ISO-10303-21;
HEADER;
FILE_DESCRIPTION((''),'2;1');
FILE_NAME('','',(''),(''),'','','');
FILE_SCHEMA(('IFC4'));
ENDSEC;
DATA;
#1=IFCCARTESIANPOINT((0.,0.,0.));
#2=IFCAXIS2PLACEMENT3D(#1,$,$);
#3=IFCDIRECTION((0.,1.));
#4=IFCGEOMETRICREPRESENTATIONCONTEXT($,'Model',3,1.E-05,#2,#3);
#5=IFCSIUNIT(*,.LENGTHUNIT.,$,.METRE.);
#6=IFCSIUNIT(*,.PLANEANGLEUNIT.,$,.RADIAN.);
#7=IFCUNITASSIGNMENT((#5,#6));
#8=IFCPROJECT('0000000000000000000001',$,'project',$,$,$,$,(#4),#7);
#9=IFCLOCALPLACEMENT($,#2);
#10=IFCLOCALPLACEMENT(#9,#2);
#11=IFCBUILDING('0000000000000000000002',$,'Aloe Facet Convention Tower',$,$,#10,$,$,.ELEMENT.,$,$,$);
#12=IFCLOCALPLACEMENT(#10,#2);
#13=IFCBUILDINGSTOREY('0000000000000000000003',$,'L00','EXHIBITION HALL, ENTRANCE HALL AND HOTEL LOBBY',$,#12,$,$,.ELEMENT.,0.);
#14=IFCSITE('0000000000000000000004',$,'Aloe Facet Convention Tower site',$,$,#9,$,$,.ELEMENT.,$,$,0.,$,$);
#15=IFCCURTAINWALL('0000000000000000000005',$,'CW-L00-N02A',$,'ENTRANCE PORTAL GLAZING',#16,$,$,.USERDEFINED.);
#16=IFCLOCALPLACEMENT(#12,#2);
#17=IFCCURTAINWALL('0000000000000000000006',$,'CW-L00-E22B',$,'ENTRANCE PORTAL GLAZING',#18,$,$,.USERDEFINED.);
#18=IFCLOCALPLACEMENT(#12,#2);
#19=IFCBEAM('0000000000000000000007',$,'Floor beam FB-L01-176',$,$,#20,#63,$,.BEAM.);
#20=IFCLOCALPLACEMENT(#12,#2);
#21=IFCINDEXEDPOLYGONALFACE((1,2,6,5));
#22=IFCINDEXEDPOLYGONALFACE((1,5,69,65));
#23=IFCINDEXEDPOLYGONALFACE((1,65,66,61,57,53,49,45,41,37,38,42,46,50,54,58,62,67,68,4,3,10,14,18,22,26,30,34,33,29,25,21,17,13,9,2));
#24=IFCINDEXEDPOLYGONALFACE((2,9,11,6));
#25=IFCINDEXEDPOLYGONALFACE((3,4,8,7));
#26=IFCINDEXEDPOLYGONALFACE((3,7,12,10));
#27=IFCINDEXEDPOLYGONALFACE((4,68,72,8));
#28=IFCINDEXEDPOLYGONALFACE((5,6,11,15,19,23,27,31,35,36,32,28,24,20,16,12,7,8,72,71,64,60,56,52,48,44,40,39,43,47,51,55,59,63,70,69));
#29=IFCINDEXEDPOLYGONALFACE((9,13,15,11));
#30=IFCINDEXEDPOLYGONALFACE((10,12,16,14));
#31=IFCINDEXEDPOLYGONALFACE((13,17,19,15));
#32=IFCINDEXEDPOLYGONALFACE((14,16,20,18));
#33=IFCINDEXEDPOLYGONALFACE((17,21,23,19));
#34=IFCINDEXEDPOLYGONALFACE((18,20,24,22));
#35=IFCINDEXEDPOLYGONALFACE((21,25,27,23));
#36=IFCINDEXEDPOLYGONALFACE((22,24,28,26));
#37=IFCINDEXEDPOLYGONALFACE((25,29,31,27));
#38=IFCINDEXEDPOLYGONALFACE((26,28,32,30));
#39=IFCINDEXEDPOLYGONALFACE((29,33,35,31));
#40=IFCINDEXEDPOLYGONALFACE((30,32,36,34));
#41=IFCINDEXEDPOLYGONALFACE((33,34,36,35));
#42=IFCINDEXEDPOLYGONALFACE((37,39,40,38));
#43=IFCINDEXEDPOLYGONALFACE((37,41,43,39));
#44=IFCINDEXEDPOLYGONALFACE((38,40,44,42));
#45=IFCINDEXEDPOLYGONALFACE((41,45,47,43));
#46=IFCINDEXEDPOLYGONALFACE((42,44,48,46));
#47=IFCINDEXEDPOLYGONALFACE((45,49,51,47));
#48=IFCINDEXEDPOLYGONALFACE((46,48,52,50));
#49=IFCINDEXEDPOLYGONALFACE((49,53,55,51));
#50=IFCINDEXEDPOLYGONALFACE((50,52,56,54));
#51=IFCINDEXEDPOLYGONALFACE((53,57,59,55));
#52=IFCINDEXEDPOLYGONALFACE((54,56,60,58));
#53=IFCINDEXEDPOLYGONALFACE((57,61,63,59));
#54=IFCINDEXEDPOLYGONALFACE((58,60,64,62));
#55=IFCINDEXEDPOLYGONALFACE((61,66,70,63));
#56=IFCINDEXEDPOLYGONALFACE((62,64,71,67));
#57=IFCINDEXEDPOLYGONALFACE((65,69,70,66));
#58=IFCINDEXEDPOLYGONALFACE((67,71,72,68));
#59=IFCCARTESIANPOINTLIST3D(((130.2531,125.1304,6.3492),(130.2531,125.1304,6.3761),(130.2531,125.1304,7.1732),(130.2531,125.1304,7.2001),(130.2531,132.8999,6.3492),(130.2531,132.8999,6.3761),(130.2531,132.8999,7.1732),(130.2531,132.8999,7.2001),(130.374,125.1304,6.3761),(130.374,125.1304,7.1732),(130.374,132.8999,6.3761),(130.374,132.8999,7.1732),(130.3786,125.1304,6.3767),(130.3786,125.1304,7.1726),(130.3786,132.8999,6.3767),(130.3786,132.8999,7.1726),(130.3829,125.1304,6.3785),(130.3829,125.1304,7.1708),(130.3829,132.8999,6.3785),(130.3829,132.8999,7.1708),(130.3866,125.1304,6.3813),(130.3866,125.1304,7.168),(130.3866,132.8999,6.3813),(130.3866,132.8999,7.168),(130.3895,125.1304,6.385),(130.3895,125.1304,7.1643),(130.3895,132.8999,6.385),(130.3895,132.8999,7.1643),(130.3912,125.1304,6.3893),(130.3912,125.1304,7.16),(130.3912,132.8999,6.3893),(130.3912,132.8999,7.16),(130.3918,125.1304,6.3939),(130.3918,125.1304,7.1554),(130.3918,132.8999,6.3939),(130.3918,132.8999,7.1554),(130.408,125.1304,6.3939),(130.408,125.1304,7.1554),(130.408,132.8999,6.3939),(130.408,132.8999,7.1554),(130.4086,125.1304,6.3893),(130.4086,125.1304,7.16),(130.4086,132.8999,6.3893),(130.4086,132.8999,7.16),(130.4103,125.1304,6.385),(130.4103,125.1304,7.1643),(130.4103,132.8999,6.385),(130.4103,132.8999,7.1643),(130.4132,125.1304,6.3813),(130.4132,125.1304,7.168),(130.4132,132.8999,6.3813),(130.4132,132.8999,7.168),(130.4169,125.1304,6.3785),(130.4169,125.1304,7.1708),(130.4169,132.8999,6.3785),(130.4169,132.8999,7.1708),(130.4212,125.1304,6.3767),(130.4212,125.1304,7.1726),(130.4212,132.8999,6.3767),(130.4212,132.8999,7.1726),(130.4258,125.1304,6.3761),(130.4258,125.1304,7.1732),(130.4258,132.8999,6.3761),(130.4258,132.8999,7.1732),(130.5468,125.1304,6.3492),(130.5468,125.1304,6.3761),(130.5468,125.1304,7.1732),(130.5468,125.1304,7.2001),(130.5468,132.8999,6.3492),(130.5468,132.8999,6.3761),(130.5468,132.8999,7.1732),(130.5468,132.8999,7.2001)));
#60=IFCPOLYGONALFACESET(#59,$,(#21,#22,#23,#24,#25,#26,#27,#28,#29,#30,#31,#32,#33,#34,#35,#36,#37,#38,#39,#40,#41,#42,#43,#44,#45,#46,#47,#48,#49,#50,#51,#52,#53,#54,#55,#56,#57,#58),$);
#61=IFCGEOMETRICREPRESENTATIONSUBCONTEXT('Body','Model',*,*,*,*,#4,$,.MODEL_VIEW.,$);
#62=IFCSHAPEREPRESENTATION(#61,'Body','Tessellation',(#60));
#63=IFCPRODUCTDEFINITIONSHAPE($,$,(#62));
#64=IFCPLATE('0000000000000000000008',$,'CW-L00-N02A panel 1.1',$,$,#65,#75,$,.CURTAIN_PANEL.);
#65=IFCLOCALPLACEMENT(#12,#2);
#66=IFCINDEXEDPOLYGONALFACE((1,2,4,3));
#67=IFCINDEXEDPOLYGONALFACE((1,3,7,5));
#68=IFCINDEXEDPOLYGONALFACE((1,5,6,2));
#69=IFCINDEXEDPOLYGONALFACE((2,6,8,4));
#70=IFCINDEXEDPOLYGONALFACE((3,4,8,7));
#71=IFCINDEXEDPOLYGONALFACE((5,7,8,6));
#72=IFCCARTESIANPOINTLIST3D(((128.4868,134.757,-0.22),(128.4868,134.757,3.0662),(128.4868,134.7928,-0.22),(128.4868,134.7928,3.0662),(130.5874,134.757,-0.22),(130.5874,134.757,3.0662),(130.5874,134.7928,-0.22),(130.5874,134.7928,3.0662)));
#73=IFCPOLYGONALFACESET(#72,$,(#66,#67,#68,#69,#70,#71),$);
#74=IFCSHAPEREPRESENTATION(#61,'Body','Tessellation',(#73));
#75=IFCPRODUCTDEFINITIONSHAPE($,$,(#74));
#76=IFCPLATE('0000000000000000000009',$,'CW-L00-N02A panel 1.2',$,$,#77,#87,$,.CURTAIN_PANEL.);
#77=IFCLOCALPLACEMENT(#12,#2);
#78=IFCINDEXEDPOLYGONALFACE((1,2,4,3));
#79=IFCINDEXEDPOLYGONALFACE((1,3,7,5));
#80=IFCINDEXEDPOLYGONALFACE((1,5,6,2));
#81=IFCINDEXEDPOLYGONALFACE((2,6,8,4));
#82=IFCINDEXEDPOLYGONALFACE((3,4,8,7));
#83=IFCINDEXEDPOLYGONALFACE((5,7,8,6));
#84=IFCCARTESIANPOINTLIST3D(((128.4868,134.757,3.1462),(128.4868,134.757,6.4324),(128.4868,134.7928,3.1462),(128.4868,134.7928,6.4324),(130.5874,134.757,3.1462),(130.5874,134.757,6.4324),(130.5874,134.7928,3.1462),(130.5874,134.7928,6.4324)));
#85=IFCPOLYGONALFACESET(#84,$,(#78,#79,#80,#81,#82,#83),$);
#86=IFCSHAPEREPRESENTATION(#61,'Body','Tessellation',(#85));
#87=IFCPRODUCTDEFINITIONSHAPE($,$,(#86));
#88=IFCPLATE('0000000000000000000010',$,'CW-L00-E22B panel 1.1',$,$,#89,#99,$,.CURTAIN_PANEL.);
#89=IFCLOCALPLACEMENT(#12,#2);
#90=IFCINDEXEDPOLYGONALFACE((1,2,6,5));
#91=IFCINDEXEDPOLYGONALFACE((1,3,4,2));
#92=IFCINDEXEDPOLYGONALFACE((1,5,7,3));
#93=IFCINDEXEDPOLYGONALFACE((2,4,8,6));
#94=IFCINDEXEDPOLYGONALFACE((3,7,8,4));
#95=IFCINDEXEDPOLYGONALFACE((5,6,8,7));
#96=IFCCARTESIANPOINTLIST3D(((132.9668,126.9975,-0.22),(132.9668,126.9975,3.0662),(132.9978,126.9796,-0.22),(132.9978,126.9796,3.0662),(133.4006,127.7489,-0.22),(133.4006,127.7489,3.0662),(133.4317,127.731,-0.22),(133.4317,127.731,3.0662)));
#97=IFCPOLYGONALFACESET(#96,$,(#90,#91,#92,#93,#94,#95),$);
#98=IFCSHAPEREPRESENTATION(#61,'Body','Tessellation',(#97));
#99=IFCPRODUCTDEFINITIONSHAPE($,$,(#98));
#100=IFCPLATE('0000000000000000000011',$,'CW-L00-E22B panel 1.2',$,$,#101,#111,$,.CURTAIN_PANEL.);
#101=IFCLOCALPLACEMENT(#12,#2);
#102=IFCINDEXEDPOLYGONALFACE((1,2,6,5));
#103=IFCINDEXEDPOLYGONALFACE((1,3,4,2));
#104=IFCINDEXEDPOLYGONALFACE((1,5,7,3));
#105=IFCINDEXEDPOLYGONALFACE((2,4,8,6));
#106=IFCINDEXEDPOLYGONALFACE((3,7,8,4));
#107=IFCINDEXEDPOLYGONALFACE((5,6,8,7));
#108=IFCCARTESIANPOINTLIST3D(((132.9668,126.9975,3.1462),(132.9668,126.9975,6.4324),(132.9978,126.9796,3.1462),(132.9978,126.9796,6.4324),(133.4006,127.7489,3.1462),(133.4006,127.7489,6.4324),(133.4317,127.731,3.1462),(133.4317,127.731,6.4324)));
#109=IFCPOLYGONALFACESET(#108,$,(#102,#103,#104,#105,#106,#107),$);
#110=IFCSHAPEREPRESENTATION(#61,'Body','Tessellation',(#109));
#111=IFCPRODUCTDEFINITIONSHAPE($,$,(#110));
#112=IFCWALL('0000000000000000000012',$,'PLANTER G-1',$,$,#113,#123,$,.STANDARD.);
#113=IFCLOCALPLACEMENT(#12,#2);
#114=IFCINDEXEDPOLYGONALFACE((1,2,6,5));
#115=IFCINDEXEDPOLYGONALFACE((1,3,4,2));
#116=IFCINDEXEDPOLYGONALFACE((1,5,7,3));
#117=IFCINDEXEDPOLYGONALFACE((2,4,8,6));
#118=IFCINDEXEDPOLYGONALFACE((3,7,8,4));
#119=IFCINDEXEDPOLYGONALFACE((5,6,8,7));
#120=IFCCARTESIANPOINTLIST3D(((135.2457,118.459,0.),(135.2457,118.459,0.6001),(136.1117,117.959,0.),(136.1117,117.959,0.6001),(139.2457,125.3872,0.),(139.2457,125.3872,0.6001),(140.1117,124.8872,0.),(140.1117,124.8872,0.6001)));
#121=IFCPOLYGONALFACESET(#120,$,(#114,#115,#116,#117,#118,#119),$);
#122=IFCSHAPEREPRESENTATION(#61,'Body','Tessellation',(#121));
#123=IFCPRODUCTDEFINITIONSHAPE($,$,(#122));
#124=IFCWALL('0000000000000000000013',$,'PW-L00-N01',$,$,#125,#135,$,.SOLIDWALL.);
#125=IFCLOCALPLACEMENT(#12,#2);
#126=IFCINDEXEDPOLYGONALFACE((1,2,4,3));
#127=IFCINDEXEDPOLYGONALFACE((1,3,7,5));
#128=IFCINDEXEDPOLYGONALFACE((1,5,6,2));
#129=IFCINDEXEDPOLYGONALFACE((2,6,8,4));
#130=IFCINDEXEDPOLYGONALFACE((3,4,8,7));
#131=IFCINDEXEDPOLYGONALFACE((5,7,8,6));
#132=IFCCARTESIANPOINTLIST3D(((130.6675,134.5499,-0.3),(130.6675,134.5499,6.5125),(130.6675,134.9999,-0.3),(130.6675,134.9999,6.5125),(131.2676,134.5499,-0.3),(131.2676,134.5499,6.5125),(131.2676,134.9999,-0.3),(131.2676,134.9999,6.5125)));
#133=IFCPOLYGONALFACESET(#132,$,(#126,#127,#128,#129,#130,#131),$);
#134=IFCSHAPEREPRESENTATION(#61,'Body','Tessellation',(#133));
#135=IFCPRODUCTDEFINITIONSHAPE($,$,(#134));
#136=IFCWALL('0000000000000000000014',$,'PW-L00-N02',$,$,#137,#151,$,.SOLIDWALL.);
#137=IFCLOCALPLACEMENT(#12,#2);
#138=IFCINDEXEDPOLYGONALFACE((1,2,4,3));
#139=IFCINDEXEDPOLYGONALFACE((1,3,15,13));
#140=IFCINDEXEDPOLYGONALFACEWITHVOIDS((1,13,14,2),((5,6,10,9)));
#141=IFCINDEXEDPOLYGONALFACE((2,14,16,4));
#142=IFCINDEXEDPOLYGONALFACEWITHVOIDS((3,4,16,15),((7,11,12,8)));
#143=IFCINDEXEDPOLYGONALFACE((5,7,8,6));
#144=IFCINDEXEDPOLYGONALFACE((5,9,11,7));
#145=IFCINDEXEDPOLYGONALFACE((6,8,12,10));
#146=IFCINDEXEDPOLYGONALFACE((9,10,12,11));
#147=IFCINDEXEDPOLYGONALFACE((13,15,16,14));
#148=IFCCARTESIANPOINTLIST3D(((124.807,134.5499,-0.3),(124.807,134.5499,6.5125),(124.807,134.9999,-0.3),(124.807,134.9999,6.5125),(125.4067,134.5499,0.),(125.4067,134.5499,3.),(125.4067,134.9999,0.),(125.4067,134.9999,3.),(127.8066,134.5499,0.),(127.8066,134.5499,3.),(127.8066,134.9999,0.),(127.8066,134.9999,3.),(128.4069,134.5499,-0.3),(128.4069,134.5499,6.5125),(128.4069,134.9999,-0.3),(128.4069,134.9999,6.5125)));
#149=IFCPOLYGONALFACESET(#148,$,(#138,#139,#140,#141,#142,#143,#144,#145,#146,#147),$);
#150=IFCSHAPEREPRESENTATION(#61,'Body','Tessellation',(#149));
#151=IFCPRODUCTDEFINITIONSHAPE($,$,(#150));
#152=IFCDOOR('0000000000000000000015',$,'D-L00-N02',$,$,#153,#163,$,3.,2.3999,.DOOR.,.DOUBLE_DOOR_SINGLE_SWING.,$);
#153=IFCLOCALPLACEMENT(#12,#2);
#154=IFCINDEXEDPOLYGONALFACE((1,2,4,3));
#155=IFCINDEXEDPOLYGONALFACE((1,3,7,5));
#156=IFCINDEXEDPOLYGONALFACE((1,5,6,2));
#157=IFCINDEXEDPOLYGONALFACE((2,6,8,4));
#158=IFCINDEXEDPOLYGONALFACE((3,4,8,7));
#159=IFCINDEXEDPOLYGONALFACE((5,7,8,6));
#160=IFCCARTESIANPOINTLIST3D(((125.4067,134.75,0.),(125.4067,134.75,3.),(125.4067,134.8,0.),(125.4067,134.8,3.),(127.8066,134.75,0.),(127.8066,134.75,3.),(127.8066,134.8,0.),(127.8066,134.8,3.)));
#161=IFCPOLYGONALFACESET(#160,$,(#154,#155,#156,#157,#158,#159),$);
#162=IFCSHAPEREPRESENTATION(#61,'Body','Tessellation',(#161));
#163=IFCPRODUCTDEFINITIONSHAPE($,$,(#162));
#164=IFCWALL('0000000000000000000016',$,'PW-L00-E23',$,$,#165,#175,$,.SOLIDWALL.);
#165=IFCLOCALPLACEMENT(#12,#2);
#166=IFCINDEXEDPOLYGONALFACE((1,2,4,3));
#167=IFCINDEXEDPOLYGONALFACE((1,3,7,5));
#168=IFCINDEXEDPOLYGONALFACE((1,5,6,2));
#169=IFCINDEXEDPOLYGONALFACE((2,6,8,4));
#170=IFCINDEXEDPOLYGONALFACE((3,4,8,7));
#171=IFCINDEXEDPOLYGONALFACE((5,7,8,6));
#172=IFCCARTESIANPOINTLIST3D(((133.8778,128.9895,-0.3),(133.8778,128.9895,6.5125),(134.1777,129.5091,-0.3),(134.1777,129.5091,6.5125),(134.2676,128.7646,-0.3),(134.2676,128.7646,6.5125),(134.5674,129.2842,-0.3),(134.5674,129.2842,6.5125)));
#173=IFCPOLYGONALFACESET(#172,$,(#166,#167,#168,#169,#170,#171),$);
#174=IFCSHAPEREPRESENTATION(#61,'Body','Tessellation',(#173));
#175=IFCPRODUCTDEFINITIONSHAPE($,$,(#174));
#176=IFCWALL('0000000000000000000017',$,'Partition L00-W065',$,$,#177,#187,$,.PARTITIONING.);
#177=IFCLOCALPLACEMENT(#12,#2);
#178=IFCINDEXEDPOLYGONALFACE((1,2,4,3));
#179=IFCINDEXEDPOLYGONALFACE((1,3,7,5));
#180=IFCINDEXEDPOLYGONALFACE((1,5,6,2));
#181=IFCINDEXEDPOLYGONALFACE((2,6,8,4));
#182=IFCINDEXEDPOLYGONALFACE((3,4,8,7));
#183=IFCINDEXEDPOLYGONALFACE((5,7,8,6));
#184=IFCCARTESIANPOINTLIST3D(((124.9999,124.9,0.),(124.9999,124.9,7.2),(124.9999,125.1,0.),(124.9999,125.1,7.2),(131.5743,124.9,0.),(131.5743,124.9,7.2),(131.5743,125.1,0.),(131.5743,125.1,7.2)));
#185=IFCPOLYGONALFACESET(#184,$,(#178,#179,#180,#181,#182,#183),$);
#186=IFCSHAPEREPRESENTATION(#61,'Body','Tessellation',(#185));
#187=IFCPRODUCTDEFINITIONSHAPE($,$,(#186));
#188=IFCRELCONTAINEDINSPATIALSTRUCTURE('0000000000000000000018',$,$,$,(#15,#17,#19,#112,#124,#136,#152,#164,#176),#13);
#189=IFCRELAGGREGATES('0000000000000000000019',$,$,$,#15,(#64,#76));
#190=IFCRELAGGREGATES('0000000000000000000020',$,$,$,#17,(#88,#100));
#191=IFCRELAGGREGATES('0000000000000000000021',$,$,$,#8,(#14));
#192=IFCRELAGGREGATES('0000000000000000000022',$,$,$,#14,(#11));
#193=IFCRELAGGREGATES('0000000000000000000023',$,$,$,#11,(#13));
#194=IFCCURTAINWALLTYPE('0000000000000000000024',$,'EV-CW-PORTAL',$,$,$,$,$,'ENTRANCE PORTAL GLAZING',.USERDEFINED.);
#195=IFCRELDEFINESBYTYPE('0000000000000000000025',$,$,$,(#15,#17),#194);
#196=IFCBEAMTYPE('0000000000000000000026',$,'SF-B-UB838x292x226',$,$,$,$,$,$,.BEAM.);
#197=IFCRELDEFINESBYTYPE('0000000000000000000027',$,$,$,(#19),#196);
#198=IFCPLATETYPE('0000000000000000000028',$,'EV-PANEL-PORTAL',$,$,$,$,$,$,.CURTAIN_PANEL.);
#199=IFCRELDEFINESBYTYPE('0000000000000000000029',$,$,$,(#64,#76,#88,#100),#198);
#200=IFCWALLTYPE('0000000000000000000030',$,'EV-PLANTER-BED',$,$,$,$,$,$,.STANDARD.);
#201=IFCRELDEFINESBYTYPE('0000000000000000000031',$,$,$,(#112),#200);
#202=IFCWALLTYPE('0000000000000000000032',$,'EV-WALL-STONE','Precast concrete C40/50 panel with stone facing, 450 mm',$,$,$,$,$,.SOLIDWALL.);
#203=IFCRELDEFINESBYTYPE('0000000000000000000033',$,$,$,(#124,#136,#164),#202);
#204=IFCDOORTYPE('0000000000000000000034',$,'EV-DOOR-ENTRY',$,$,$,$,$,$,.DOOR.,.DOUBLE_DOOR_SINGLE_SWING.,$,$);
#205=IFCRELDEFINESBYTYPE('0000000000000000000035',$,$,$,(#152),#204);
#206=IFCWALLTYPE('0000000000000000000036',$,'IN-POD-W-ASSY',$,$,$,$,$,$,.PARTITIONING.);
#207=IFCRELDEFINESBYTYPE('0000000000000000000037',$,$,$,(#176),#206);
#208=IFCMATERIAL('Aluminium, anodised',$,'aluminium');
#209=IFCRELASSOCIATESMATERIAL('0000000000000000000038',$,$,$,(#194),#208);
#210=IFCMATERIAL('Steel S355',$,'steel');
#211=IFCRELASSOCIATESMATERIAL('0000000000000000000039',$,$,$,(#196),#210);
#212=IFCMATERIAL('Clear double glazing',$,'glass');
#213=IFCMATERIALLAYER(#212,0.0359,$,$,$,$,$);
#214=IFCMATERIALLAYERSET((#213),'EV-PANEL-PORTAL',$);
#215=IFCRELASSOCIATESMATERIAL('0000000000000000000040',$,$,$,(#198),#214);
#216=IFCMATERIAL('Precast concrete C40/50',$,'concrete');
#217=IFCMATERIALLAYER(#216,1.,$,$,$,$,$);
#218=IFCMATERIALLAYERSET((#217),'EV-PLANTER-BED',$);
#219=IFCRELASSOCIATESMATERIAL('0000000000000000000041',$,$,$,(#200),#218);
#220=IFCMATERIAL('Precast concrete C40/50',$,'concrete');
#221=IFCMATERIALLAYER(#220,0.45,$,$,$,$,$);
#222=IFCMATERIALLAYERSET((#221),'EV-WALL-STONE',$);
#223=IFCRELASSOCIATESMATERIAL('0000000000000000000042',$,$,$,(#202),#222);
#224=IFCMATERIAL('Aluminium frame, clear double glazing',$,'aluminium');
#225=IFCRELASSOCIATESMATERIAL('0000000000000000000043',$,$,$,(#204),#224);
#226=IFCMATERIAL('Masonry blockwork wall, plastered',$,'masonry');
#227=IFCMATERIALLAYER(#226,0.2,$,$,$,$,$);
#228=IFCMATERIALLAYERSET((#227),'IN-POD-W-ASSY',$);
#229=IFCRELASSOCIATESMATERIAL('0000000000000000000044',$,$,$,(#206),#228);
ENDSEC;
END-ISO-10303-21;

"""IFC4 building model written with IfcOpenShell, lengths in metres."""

from ifc_helpers import new_model, si_unit, direction, frame, frame_2d, origin, origin_2d, place, context, subcontext, project, spatial, rectangle, i_section, extrude, material, layer, layer_set, material_profile, profile_set, type_object, element, fill, aggregate, save


model = new_model("IFC4")

# Units and contexts
model_context = context("Model", 3, precision=1e-05, world=origin(), true_north=direction((0.0, 1.0)))
body_context = subcontext(model_context, "Body", "Model", "MODEL_VIEW")
ifc_project = project(units=[si_unit("LENGTHUNIT", "METRE"), si_unit("PLANEANGLEUNIT", "RADIAN")], contexts=[model_context])

# Site, building, storey
site_placement = place(None, origin())
site = spatial("IfcSite", under=ifc_project, at=site_placement, Name="Aloe Facet Convention Tower site", CompositionType="ELEMENT", RefElevation=0.0)
building_placement = place(site_placement, origin())
building = spatial("IfcBuilding", under=site, at=building_placement, Name="Aloe Facet Convention Tower", CompositionType="ELEMENT")
storey_placement = place(building_placement, origin())
storey = spatial("IfcBuildingStorey", under=building, at=storey_placement, Name="L00", Description="EXHIBITION HALL, ENTRANCE HALL AND HOTEL LOBBY", CompositionType="ELEMENT", Elevation=0.0)

# Curtain wall
ifc_material_1 = material(Name="Aluminium, anodised", Category="aluminium")
curtain_wall_type = type_object("IfcCurtainWallType", Name="EV-CW-PORTAL", ElementType="ENTRANCE PORTAL GLAZING", PredefinedType="USERDEFINED", material=ifc_material_1)
curtain_wall_1_placement = place(storey_placement, origin())
curtain_wall_1 = element("IfcCurtainWall", 1, at=curtain_wall_1_placement, inside=storey, type_object=curtain_wall_type, Name="CW-L00-N02A", ObjectType="ENTRANCE PORTAL GLAZING", PredefinedType="USERDEFINED")

# Curtain wall
curtain_wall_2_placement = place(storey_placement, origin())
curtain_wall_2 = element("IfcCurtainWall", 2, at=curtain_wall_2_placement, inside=storey, type_object=curtain_wall_type, Name="CW-L00-E22B", ObjectType="ENTRANCE PORTAL GLAZING", PredefinedType="USERDEFINED")

# Beam
ifc_material_2 = material(Name="Steel S355", Category="steel")
ifc_material_profile_1 = material_profile(ifc_material_2, i_section(OverallWidth=0.2937, OverallDepth=0.8508, WebThickness=0.0161, FlangeThickness=0.0269, FilletRadius=0.0178, at=origin_2d()), Name="UB 838x292x226")
ifc_profile_set_1 = profile_set([ifc_material_profile_1], Name="Steel S355")
beam_type_1 = type_object("IfcBeamType", Name="SF-B-UB838x292x226", PredefinedType="BEAM", material=ifc_profile_set_1)
beam_1_placement = place(storey_placement, frame((130.3999, 125.1304, 6.7747), z_axis=(0.0, 1.0, 0.0), x_axis=(-1.0, 0.0, 0.0)))
element("IfcBeam", 3, at=beam_1_placement, inside=storey, type_object=beam_type_1, Name="Floor beam FB-L01-176", PredefinedType="BEAM", context=body_context, shape_type="SweptSolid", body=[
    extrude(i_section(OverallWidth=0.2937, OverallDepth=0.8508, WebThickness=0.0161, FlangeThickness=0.0269, FilletRadius=0.0178, at=origin_2d()), origin(), (0.0, 0.0, 1.0), 7.7695),
])

# Plates
ifc_material_3 = material(Name="Clear double glazing", Category="glass")
ifc_layer_1 = layer(ifc_material_3, 0.0359)
ifc_layer_set_1 = layer_set([ifc_layer_1], Name="EV-PANEL-PORTAL")
plate_type = type_object("IfcPlateType", Name="EV-PANEL-PORTAL", PredefinedType="CURTAIN_PANEL", material=ifc_layer_set_1)
plate_1_placement = place(storey_placement, frame((129.5371, 134.7749, -0.22), z_axis=(0.0, 0.0, 1.0), x_axis=(-1.0, 0.0, 0.0)))
plate_1 = element("IfcPlate", 4, at=plate_1_placement, type_object=plate_type, Name="CW-L00-N02A panel 1.1", PredefinedType="CURTAIN_PANEL", context=body_context, shape_type="SweptSolid", body=[
    extrude(rectangle(XDim=2.1006, YDim=0.0359, at=origin_2d()), origin(), (0.0, 0.0, 1.0), 3.2861),
])
plate_2_placement = place(storey_placement, frame((129.5371, 134.7749, 3.1462), z_axis=(0.0, 0.0, 1.0), x_axis=(-1.0, 0.0, 0.0)))
plate_2 = element("IfcPlate", 5, at=plate_2_placement, type_object=plate_type, Name="CW-L00-N02A panel 1.2", PredefinedType="CURTAIN_PANEL", context=body_context, shape_type="SweptSolid", body=[
    extrude(rectangle(XDim=2.1006, YDim=0.0359, at=origin_2d()), origin(), (0.0, 0.0, 1.0), 3.2861),
])
aggregate(curtain_wall_1, [plate_1, plate_2])
plate_3_placement = place(storey_placement, frame((133.1992, 127.3643, -0.22), z_axis=(0.0, 0.0, 1.0), x_axis=(0.5, 0.866025, 0.0)))
plate_3 = element("IfcPlate", 6, at=plate_3_placement, type_object=plate_type, Name="CW-L00-E22B panel 1.1", PredefinedType="CURTAIN_PANEL", context=body_context, shape_type="SweptSolid", body=[
    extrude(rectangle(XDim=0.8677, YDim=0.0359, at=origin_2d()), origin(), (0.0, 0.0, 1.0), 3.2861),
])
plate_4_placement = place(storey_placement, frame((133.1992, 127.3643, 3.1462), z_axis=(0.0, 0.0, 1.0), x_axis=(0.5, 0.866025, 0.0)))
plate_4 = element("IfcPlate", 7, at=plate_4_placement, type_object=plate_type, Name="CW-L00-E22B panel 1.2", PredefinedType="CURTAIN_PANEL", context=body_context, shape_type="SweptSolid", body=[
    extrude(rectangle(XDim=0.8677, YDim=0.0359, at=origin_2d()), origin(), (0.0, 0.0, 1.0), 3.2861),
])
aggregate(curtain_wall_2, [plate_3, plate_4])

# Walls
ifc_material_4 = material(Name="Precast concrete C40/50", Category="concrete")
ifc_layer_2 = layer(ifc_material_4, 1.0)
ifc_layer_set_2 = layer_set([ifc_layer_2], Name="EV-PLANTER-BED")
wall_type_1 = type_object("IfcWallType", Name="EV-PLANTER-BED", PredefinedType="STANDARD", material=ifc_layer_set_2)
wall_1_placement = place(storey_placement, frame((139.6787, 125.1372, 0.0), z_axis=(0.0, 0.0, 1.0), x_axis=(-0.499999, -0.866026, 0.0)))
element("IfcWall", 8, at=wall_1_placement, inside=storey, type_object=wall_type_1, Name="PLANTER G-1", PredefinedType="STANDARD", context=body_context, shape_type="SweptSolid", body=[
    extrude(rectangle(XDim=8.0, YDim=1.0, at=frame_2d((4.0, 0.0))), origin(), (0.0, 0.0, 1.0), 0.6001),
])
ifc_material_5 = material(Name="Precast concrete C40/50", Category="concrete")
ifc_layer_3 = layer(ifc_material_5, 0.45)
ifc_layer_set_3 = layer_set([ifc_layer_3], Name="EV-WALL-STONE")
wall_type_2 = type_object("IfcWallType", Name="EV-WALL-STONE", Description="Precast concrete C40/50 panel with stone facing, 450 mm", PredefinedType="SOLIDWALL", material=ifc_layer_set_3)
wall_2_placement = place(storey_placement, frame((131.2676, 134.7749, -0.3), z_axis=(0.0, 0.0, 1.0), x_axis=(-1.0, 0.0, 0.0)))
element("IfcWall", 9, at=wall_2_placement, inside=storey, type_object=wall_type_2, Name="PW-L00-N01", PredefinedType="SOLIDWALL", context=body_context, shape_type="SweptSolid", body=[
    extrude(rectangle(XDim=0.6001, YDim=0.45, at=frame_2d((0.3, 0.0))), origin(), (0.0, 0.0, 1.0), 6.8125),
])

# Wall, opening, door
wall_3_placement = place(storey_placement, frame((128.4067, 134.7749, -0.3), z_axis=(0.0, 0.0, 1.0), x_axis=(-1.0, 0.0, 0.0)))
wall_3 = element("IfcWall", 10, at=wall_3_placement, inside=storey, type_object=wall_type_2, Name="PW-L00-N02", PredefinedType="SOLIDWALL", context=body_context, shape_type="SweptSolid", body=[
    extrude(rectangle(XDim=3.5999, YDim=0.45, at=frame_2d((1.7998, 0.0))), origin(), (0.0, 0.0, 1.0), 6.8125),
])
opening_placement = place(wall_3_placement, frame((0.6001, 0.0, 0.3)))
opening = element("IfcOpeningElement", 11, at=opening_placement, cuts=wall_3, PredefinedType="OPENING", context=body_context, shape_type="SweptSolid", body=[
    extrude(rectangle(XDim=2.3999, YDim=3.0, at=frame_2d((1.2, 1.5))), frame((0.0, 0.2349, 0.0), z_axis=(0.0, -1.0, 0.0), x_axis=(1.0, 0.0, 0.0)), (0.0, 0.0, 1.0), 0.47),
])
ifc_material_6 = material(Name="Aluminium frame, clear double glazing", Category="aluminium")
door_type = type_object("IfcDoorType", Name="EV-DOOR-ENTRY", OperationType="DOUBLE_DOOR_SINGLE_SWING", PredefinedType="DOOR", material=ifc_material_6)
door_placement = place(opening_placement, origin())
door = element("IfcDoor", 12, at=door_placement, inside=storey, type_object=door_type, Name="D-L00-N02", OperationType="DOUBLE_DOOR_SINGLE_SWING", OverallHeight=3.0, OverallWidth=2.3999, PredefinedType="DOOR", context=body_context, shape_type="SweptSolid", body=[
    extrude(rectangle(XDim=2.3999, YDim=3.0, at=frame_2d((1.2, 1.5))), frame((0.0, 0.0249, 0.0), z_axis=(0.0, -1.0, 0.0), x_axis=(1.0, 0.0, 0.0)), (0.0, 0.0, 1.0), 0.05),
])
fill(opening, door)

# Walls
wall_4_placement = place(storey_placement, frame((134.0728, 128.8772, -0.3), z_axis=(0.0, 0.0, 1.0), x_axis=(0.499816, 0.866131, 0.0)))
element("IfcWall", 13, at=wall_4_placement, inside=storey, type_object=wall_type_2, Name="PW-L00-E23", PredefinedType="SOLIDWALL", context=body_context, shape_type="SweptSolid", body=[
    extrude(rectangle(XDim=0.5999, YDim=0.45, at=frame_2d((0.2998, 0.0))), origin(), (0.0, 0.0, 1.0), 6.8125),
])
ifc_material_7 = material(Name="Masonry blockwork wall, plastered", Category="masonry")
ifc_layer_4 = layer(ifc_material_7, 0.2)
ifc_layer_set_4 = layer_set([ifc_layer_4], Name="IN-POD-W-ASSY")
wall_type_3 = type_object("IfcWallType", Name="IN-POD-W-ASSY", PredefinedType="PARTITIONING", material=ifc_layer_set_4)
wall_5_placement = place(storey_placement, frame((125.0, 125.0, 0.0), z_axis=(0.0, 0.0, 1.0), x_axis=(1.0, 0.0, 0.0)))
element("IfcWall", 14, at=wall_5_placement, inside=storey, type_object=wall_type_3, Name="Partition L00-W065", PredefinedType="PARTITIONING", context=body_context, shape_type="SweptSolid", body=[
    extrude(rectangle(XDim=6.5745, YDim=0.2, at=frame_2d((3.2871, 0.0))), origin(), (0.0, 0.0, 1.0), 7.2),
])

save(model, "model.ifc")
